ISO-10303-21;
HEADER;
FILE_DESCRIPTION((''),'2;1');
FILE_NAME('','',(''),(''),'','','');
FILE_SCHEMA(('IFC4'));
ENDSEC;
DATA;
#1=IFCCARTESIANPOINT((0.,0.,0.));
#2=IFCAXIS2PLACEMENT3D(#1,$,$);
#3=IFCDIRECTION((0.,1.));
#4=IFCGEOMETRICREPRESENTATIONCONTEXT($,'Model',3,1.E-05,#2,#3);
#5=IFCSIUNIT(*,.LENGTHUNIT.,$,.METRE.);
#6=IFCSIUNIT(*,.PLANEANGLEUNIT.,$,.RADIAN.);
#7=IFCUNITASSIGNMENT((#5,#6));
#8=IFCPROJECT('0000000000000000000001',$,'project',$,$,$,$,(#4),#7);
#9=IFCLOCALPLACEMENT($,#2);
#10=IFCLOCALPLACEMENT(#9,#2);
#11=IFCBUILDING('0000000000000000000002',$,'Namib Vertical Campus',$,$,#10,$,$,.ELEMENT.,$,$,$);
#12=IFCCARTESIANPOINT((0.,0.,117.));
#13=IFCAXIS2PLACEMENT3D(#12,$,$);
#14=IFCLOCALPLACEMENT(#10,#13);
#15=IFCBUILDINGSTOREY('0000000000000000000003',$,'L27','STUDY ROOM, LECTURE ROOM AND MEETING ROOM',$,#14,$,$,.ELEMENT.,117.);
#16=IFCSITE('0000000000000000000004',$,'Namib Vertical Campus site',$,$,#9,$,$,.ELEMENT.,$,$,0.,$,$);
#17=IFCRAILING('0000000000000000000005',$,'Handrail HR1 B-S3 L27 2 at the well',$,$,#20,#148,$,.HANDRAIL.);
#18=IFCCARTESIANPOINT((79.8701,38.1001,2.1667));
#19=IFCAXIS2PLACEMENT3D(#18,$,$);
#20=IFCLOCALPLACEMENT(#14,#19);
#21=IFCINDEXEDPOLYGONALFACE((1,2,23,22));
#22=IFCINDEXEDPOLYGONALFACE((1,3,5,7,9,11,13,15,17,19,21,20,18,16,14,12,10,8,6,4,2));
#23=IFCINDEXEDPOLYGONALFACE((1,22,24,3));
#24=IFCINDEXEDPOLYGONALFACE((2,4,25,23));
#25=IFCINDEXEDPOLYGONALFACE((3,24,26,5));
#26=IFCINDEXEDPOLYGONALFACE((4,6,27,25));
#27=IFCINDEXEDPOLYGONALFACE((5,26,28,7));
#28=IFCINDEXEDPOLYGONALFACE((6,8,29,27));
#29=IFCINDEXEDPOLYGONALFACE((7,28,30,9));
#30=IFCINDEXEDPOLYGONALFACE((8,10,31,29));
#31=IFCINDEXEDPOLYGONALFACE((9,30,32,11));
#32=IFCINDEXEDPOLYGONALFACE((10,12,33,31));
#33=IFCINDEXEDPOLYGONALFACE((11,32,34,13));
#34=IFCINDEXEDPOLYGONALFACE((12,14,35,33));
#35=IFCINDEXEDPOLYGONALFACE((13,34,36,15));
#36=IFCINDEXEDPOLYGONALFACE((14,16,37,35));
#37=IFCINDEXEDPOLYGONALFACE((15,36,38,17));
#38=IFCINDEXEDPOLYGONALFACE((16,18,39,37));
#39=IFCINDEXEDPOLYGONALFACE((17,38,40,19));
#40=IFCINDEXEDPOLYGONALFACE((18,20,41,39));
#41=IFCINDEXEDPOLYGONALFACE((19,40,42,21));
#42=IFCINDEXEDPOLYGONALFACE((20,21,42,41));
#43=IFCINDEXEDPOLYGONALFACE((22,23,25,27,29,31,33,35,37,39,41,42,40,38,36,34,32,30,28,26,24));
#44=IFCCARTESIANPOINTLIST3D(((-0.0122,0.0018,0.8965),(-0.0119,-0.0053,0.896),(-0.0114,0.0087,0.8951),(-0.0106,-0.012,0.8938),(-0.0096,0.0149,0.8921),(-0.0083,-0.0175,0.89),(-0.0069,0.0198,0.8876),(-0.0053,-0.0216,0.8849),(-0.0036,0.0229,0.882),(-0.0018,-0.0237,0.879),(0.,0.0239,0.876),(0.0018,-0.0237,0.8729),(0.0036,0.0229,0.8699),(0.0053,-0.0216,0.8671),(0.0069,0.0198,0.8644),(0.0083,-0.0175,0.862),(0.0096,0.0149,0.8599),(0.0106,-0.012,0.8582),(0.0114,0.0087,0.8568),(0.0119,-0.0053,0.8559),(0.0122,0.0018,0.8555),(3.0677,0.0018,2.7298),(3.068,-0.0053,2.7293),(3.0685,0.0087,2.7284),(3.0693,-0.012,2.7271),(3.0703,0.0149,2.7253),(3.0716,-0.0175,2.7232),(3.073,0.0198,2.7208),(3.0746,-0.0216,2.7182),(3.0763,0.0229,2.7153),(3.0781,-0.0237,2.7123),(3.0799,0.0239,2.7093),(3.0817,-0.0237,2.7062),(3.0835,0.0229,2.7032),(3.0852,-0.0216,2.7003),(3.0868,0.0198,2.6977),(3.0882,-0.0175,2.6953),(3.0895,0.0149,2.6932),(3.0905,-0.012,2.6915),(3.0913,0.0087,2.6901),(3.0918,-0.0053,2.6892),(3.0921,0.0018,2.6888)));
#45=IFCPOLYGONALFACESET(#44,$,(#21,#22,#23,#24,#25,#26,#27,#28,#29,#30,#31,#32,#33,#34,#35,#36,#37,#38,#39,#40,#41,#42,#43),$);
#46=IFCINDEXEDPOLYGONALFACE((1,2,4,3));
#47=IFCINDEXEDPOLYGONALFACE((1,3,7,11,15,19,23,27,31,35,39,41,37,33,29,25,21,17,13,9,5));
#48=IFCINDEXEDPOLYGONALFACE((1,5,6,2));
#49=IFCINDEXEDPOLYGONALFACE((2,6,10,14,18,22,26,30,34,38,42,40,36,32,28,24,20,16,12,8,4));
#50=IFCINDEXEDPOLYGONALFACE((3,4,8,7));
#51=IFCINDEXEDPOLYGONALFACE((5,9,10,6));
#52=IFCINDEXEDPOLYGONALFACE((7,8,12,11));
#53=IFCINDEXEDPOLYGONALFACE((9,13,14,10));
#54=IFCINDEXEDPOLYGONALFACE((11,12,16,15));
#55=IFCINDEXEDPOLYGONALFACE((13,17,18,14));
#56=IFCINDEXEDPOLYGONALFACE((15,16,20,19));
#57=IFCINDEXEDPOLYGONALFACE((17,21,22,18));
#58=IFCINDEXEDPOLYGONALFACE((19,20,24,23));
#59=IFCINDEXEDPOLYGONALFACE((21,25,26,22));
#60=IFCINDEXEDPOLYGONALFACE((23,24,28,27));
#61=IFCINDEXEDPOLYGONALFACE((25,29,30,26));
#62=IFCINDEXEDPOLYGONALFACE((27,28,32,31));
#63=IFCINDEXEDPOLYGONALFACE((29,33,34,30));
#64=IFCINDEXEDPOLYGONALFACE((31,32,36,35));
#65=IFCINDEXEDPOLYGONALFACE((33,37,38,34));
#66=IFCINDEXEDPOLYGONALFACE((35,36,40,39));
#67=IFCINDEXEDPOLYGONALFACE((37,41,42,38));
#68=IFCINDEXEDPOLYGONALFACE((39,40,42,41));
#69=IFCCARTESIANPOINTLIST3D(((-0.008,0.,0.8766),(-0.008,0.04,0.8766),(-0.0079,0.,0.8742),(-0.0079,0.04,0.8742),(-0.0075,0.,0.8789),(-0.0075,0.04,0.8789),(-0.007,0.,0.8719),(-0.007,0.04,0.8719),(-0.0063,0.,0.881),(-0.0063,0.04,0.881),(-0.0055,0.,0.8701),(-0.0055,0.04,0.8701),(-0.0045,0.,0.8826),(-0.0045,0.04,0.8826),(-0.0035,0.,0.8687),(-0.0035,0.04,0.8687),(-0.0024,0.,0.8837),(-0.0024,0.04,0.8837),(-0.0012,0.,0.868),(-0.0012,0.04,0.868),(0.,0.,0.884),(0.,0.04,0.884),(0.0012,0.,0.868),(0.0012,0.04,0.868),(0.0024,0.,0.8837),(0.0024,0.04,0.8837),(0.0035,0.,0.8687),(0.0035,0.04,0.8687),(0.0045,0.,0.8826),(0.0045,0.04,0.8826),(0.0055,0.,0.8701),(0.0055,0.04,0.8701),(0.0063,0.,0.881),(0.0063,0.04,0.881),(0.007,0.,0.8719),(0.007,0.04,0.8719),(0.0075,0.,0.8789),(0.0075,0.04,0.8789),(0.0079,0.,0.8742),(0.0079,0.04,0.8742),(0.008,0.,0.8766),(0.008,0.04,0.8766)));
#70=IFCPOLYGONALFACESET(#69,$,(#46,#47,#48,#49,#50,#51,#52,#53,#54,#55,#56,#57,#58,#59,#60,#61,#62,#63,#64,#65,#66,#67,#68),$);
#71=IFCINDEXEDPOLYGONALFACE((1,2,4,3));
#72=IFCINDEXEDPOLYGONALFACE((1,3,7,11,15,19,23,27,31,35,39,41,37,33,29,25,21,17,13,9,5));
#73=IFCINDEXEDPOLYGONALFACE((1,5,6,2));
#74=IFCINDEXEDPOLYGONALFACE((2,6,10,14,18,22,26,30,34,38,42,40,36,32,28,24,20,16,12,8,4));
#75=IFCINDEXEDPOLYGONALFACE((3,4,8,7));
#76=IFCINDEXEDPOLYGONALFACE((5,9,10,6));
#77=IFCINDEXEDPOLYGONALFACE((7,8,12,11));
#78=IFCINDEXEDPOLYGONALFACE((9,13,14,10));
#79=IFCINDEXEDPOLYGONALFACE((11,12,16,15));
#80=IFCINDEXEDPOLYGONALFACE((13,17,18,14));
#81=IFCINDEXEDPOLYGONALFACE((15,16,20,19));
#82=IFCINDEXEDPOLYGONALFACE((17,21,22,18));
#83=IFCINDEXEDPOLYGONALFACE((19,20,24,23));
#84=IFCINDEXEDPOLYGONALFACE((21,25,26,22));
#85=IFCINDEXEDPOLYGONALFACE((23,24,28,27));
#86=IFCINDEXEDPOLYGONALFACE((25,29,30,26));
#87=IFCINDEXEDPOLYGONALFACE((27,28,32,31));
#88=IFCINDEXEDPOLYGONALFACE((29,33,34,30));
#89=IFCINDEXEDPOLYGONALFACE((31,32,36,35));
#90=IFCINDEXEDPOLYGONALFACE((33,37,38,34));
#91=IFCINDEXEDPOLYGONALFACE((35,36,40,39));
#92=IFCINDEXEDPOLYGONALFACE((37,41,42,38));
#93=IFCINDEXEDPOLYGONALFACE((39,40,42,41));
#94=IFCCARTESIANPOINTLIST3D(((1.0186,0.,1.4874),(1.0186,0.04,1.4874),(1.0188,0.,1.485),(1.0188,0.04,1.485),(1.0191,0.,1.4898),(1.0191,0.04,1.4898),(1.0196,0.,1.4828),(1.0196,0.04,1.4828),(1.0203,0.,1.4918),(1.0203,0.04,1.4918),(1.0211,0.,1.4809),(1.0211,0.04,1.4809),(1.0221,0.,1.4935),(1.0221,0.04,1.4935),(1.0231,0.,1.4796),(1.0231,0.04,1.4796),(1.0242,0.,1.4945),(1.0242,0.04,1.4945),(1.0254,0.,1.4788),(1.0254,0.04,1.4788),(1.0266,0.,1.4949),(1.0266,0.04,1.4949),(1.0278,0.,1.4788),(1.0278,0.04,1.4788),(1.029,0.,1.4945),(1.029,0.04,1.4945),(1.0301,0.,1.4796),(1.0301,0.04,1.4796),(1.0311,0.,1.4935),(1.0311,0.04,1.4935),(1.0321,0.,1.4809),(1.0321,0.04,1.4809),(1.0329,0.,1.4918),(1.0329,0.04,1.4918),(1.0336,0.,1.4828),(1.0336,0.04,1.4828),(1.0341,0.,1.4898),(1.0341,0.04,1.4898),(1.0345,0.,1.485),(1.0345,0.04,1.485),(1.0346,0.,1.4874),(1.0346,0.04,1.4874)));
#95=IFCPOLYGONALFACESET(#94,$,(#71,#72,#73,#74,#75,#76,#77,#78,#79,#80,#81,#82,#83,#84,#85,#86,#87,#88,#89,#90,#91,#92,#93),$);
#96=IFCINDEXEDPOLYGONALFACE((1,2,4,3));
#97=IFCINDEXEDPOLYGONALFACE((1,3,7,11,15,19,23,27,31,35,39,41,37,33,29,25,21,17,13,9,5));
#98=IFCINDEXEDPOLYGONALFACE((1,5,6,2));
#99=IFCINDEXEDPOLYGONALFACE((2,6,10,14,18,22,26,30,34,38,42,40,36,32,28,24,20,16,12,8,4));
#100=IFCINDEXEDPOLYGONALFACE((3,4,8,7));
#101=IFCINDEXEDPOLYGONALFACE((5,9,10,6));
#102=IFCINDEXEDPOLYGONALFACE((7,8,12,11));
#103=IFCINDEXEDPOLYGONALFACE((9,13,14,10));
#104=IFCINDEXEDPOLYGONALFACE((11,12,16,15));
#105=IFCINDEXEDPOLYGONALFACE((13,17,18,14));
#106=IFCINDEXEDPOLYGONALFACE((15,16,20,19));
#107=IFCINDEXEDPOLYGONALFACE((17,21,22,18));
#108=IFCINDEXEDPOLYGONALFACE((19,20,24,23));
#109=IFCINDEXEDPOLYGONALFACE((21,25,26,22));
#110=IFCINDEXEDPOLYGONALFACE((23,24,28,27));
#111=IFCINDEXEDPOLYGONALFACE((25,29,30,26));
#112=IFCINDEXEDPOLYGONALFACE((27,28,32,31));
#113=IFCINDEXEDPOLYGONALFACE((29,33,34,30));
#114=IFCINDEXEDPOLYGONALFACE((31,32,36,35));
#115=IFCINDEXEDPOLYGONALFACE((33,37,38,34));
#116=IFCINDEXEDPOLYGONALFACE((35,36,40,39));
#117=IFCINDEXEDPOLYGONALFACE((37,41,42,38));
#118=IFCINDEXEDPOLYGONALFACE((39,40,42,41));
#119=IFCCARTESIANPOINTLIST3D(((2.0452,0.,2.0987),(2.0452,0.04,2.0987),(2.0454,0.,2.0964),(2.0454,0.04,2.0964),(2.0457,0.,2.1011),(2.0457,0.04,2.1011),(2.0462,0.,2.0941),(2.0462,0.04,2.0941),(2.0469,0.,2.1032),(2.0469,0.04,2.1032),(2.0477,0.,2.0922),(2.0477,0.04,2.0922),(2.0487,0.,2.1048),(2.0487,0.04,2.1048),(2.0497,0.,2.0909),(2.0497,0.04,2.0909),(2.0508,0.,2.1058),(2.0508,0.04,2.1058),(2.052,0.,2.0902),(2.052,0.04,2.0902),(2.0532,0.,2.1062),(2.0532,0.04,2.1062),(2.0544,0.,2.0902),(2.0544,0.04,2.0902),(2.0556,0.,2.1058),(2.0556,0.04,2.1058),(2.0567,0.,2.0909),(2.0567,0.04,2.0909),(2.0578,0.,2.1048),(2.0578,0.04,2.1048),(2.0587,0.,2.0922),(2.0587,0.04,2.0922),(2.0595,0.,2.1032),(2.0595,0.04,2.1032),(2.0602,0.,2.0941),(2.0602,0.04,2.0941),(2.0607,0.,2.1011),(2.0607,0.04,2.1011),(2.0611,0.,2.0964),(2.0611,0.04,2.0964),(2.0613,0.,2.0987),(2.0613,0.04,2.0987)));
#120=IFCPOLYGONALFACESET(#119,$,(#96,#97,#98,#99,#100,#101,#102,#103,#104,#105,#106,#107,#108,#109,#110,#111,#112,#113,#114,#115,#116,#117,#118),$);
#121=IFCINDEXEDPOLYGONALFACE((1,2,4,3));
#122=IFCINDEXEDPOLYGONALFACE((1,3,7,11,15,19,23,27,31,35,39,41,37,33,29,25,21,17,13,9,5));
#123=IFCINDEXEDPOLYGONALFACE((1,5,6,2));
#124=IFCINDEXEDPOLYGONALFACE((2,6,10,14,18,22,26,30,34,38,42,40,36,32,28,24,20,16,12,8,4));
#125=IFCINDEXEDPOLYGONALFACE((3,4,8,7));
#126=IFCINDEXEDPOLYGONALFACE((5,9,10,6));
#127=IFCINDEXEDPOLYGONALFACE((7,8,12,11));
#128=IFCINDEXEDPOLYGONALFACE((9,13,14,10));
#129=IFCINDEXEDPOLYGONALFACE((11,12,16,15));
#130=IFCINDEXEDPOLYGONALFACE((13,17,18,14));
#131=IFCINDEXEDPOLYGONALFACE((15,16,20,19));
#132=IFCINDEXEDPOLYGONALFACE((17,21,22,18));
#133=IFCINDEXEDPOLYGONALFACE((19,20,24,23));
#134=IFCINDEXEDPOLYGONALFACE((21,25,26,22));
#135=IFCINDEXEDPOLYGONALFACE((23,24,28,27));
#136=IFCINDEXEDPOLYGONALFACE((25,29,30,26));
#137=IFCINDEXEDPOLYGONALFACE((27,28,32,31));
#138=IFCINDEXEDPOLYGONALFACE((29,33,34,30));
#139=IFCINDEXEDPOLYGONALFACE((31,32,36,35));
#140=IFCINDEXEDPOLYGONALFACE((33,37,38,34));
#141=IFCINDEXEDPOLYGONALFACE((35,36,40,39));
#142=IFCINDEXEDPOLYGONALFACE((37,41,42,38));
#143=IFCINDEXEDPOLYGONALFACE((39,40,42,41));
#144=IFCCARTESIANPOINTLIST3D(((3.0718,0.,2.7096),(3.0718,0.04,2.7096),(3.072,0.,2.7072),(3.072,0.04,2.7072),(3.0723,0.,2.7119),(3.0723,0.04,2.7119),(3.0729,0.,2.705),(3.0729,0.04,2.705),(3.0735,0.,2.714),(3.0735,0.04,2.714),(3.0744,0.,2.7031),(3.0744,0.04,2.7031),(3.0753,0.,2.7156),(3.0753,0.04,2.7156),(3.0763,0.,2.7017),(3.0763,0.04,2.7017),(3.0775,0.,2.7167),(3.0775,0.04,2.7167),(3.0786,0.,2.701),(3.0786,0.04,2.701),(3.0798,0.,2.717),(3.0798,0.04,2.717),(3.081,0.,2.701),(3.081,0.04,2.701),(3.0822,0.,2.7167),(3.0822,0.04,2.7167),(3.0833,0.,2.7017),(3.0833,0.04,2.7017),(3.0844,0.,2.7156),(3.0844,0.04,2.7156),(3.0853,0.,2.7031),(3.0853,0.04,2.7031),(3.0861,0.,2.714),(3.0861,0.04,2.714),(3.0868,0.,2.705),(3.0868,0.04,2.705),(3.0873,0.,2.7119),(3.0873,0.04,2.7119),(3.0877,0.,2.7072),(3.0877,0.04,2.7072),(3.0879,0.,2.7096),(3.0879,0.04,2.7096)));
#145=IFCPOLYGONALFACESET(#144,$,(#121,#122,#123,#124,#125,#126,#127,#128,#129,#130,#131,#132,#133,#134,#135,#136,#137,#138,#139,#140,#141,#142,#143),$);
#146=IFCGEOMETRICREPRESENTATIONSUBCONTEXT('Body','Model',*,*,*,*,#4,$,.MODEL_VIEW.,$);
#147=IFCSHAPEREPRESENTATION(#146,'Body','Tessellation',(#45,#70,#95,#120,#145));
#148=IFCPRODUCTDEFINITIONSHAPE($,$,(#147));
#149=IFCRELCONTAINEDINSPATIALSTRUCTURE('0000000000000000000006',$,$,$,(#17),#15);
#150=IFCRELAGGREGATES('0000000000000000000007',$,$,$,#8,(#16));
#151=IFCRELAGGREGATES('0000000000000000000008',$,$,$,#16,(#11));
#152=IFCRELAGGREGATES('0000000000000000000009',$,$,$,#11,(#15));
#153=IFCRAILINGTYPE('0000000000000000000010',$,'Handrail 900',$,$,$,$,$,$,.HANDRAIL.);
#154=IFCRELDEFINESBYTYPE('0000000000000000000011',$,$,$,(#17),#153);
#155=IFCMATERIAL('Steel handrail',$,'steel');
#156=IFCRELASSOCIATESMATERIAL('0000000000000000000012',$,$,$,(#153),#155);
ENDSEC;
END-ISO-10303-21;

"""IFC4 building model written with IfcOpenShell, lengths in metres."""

from ifc_helpers import new_model, si_unit, direction, frame, origin, origin_2d, place, context, subcontext, project, spatial, circle, extrude, material, type_object, element, save


model = new_model("IFC4")

# Units and contexts
model_context = context("Model", 3, precision=1e-05, world=origin(), true_north=direction((0.0, 1.0)))
body_context = subcontext(model_context, "Body", "Model", "MODEL_VIEW")
ifc_project = project(units=[si_unit("LENGTHUNIT", "METRE"), si_unit("PLANEANGLEUNIT", "RADIAN")], contexts=[model_context])

# Site, building, storey
site_placement = place(None, origin())
site = spatial("IfcSite", under=ifc_project, at=site_placement, Name="Namib Vertical Campus site", CompositionType="ELEMENT", RefElevation=0.0)
building_placement = place(site_placement, origin())
building = spatial("IfcBuilding", under=site, at=building_placement, Name="Namib Vertical Campus", CompositionType="ELEMENT")
storey_placement = place(building_placement, frame((0.0, 0.0, 117.0)))
storey = spatial("IfcBuildingStorey", under=building, at=storey_placement, Name="L27", Description="STUDY ROOM, LECTURE ROOM AND MEETING ROOM", CompositionType="ELEMENT", Elevation=117.0)

# Railing
ifc_material_1 = material(Name="Steel handrail", Category="steel")
railing_type_1 = type_object("IfcRailingType", Name="Handrail 900", PredefinedType="HANDRAIL", material=ifc_material_1)
railing_1_placement = place(storey_placement, frame((79.8701, 38.1001, 2.1667)))
element("IfcRailing", 1, at=railing_1_placement, inside=storey, type_object=railing_type_1, Name="Handrail HR1 B-S3 L27 2 at the well", PredefinedType="HANDRAIL", context=body_context, shape_type="SweptSolid", body=[
    extrude(circle(Radius=0.0239, at=origin_2d()), frame((0.0, 0.0, 0.876), z_axis=(0.859291, 0.0, 0.511487), x_axis=(0.0, 1.0, 0.0)), (0.0, 0.0, 1.0), 3.5842),
    extrude(circle(Radius=0.0081, at=origin_2d()), frame((0.0, 0.0, 0.876), z_axis=(0.0, 1.0, 0.0), x_axis=(0.0, 0.0, 1.0)), (0.0, 0.0, 1.0), 0.04),
    extrude(circle(Radius=0.0081, at=origin_2d()), frame((1.0266, 0.0, 1.4868), z_axis=(0.0, 1.0, 0.0), x_axis=(0.0, 0.0, 1.0)), (0.0, 0.0, 1.0), 0.04),
    extrude(circle(Radius=0.0081, at=origin_2d()), frame((2.0532, 0.0, 2.0981), z_axis=(0.0, 1.0, 0.0), x_axis=(0.0, 0.0, 1.0)), (0.0, 0.0, 1.0), 0.04),
    extrude(circle(Radius=0.0081, at=origin_2d()), frame((3.0798, 0.0, 2.709), z_axis=(0.0, 1.0, 0.0), x_axis=(0.0, 0.0, 1.0)), (0.0, 0.0, 1.0), 0.04),
])

save(model, "model.ifc")
